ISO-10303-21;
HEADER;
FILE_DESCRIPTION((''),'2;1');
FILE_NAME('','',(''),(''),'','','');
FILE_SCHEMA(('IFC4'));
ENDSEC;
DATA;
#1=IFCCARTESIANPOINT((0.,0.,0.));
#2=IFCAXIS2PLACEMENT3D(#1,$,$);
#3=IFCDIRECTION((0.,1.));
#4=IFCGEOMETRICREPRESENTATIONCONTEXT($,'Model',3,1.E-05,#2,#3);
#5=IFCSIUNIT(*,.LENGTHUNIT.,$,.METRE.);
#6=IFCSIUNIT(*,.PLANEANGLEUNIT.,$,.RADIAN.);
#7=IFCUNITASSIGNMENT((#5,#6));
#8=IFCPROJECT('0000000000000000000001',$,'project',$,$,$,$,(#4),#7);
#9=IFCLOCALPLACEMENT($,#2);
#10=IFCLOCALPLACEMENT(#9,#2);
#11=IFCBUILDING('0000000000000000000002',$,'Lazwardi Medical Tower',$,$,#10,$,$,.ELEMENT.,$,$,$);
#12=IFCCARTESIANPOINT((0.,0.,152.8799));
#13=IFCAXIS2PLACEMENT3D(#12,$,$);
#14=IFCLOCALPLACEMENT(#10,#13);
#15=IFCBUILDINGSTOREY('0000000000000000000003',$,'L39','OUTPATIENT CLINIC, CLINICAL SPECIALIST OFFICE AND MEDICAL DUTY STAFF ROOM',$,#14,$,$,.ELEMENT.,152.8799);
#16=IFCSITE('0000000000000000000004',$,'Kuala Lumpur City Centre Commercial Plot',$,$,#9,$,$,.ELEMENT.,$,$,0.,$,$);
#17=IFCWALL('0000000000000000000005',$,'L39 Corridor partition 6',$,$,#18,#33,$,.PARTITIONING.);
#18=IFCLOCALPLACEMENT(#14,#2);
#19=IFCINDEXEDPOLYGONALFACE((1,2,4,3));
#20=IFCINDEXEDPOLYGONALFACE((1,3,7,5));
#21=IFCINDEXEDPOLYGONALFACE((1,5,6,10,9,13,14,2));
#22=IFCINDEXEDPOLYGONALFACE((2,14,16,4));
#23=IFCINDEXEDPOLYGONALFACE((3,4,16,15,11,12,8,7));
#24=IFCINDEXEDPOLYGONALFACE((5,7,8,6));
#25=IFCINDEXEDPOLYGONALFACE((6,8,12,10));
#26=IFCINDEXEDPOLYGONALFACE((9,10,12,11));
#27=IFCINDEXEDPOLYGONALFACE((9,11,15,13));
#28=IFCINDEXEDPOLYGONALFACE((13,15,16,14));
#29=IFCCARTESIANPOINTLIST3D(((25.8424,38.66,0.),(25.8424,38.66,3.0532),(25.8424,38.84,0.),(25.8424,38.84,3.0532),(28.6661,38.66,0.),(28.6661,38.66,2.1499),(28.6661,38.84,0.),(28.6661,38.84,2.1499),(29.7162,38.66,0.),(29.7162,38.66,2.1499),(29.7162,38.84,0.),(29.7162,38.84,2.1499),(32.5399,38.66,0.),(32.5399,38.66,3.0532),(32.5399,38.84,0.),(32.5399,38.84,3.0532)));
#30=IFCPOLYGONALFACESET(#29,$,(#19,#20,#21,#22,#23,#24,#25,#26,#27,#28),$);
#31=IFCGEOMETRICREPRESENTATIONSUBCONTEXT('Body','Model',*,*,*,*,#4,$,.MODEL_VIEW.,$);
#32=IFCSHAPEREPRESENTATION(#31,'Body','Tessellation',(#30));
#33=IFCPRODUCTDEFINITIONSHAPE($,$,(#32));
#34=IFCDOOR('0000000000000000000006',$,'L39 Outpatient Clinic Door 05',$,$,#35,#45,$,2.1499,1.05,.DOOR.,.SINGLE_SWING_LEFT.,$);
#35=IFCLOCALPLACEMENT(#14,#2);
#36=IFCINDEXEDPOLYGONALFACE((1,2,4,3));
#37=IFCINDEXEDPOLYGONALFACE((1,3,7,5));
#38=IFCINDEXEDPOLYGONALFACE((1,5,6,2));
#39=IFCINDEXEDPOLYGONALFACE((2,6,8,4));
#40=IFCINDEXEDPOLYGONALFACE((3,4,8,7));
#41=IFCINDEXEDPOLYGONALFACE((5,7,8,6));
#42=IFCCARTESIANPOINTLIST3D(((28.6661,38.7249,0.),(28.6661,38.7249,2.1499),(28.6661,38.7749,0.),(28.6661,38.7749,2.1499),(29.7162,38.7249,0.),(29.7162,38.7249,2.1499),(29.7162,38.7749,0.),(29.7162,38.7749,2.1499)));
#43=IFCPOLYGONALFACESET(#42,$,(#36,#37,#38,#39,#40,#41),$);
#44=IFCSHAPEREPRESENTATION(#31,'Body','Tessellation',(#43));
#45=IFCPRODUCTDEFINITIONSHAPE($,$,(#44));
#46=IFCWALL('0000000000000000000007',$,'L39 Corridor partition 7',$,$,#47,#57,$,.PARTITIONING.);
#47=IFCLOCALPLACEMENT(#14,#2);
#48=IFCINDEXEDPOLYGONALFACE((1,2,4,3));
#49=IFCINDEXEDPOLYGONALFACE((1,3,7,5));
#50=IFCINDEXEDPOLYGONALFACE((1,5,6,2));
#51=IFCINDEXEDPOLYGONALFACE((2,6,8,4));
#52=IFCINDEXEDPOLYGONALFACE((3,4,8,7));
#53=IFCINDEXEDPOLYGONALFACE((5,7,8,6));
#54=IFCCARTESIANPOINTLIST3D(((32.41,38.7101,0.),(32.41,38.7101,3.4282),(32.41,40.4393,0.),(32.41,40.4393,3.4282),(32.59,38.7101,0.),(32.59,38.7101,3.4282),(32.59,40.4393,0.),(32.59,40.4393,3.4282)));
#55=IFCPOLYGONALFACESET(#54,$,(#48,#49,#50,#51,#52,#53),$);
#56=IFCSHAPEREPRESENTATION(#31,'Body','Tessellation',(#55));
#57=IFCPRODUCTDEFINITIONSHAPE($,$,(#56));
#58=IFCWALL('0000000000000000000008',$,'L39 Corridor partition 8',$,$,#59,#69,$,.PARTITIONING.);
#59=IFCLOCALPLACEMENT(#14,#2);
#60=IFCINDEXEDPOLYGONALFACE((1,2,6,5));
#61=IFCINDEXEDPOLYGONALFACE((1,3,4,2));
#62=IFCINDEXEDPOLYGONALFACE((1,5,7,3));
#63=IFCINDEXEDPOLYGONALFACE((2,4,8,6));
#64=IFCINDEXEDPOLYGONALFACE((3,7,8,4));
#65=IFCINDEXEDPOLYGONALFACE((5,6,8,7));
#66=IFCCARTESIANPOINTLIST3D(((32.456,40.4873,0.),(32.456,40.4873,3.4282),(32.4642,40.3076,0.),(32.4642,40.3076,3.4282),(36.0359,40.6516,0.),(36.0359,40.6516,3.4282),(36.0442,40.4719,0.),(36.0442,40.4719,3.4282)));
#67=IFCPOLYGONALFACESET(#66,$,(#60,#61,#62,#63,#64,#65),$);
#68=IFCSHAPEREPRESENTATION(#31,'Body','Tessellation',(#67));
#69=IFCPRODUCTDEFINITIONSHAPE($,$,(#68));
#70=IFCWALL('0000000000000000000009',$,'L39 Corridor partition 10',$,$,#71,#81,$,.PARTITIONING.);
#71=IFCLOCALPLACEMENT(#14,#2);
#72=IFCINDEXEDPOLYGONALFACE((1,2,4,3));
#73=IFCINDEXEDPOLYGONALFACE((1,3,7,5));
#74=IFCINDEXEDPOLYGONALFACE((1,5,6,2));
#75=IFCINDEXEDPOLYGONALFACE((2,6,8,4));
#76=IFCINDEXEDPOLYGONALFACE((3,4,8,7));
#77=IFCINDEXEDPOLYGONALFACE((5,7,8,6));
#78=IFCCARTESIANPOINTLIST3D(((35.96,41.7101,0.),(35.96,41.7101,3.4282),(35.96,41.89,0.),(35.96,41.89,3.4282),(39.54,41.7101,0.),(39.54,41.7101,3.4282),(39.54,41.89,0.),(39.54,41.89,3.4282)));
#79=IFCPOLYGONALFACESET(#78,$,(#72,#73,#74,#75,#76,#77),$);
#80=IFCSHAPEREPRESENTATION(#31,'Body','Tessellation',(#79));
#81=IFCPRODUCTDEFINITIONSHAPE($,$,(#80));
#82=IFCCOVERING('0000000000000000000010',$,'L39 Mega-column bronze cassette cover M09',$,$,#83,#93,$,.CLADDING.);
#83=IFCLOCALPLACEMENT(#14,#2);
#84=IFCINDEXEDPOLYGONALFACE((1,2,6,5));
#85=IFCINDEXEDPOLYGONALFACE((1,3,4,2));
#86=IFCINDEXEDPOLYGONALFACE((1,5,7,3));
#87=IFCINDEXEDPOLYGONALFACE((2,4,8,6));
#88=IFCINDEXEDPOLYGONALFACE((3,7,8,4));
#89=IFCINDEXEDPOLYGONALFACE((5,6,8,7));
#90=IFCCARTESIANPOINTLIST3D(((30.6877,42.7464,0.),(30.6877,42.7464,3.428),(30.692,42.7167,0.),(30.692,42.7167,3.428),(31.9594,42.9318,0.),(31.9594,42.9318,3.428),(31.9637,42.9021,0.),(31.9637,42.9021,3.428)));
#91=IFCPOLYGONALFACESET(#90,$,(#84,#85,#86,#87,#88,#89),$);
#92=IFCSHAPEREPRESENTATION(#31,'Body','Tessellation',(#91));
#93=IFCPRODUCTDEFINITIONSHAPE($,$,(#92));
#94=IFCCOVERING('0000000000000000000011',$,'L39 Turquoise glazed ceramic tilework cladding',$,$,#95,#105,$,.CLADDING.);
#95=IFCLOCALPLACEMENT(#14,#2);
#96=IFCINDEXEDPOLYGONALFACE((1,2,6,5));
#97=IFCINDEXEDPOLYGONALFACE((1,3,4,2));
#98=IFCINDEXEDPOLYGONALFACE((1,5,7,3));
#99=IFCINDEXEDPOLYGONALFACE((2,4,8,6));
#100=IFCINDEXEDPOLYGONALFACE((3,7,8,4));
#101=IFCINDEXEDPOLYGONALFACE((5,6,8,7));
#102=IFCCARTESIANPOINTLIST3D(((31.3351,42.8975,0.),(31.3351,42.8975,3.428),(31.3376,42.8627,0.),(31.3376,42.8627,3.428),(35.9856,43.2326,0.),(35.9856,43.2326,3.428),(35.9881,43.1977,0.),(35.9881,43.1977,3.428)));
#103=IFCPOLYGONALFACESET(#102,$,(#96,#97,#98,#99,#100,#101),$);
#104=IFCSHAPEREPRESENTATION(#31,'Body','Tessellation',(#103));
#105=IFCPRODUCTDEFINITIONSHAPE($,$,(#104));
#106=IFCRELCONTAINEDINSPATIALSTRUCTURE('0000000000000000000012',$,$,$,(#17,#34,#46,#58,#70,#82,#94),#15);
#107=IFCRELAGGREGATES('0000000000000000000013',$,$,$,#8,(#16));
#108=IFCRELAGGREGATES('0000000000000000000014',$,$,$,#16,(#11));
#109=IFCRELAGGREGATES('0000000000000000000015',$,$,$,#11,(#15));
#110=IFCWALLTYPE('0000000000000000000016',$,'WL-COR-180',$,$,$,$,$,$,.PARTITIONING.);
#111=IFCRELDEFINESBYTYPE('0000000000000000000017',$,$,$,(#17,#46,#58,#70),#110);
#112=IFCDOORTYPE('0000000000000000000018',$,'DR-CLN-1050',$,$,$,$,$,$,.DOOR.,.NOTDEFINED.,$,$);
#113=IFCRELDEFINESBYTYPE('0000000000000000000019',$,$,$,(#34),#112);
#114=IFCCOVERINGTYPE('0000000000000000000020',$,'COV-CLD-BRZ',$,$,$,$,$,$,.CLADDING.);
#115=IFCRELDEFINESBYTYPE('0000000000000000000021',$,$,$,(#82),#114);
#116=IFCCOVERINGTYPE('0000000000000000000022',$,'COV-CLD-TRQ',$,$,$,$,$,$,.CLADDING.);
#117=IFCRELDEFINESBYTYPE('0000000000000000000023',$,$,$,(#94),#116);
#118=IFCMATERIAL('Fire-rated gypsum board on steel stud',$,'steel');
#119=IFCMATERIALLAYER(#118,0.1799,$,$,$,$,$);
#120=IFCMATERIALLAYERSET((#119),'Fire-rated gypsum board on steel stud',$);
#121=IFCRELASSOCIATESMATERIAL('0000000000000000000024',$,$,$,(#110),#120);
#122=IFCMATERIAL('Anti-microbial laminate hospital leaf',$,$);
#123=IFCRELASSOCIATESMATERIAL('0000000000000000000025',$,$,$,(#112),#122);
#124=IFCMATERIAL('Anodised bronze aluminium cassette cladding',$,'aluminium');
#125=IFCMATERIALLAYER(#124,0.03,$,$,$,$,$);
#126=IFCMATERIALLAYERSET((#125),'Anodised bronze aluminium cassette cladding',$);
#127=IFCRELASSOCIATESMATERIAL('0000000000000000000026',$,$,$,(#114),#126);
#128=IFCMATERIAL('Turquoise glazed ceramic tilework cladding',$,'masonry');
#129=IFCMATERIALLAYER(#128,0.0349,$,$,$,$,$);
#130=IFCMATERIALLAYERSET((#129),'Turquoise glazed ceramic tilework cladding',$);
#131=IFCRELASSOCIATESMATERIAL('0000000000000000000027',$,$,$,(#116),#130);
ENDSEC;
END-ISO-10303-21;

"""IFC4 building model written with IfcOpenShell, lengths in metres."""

from ifc_helpers import new_model, si_unit, direction, frame, frame_2d, origin, origin_2d, place, context, subcontext, project, spatial, rectangle, extrude, material, layer, layer_set, type_object, element, fill, save


model = new_model("IFC4")

# Units and contexts
model_context = context("Model", 3, precision=1e-05, world=origin(), true_north=direction((0.0, 1.0)))
body_context = subcontext(model_context, "Body", "Model", "MODEL_VIEW")
ifc_project = project(units=[si_unit("LENGTHUNIT", "METRE"), si_unit("PLANEANGLEUNIT", "RADIAN")], contexts=[model_context])

# Site, building, storey
site_placement = place(None, origin())
site = spatial("IfcSite", under=ifc_project, at=site_placement, Name="Kuala Lumpur City Centre Commercial Plot", CompositionType="ELEMENT", RefElevation=0.0)
building_placement = place(site_placement, origin())
building = spatial("IfcBuilding", under=site, at=building_placement, Name="Lazwardi Medical Tower", CompositionType="ELEMENT")
storey_placement = place(building_placement, frame((0.0, 0.0, 152.8799)))
storey = spatial("IfcBuildingStorey", under=building, at=storey_placement, Name="L39", Description="OUTPATIENT CLINIC, CLINICAL SPECIALIST OFFICE AND MEDICAL DUTY STAFF ROOM", CompositionType="ELEMENT", Elevation=152.8799)

# Wall, opening, door
ifc_material_1 = material(Name="Fire-rated gypsum board on steel stud", Category="steel")
ifc_layer_1 = layer(ifc_material_1, 0.1799)
ifc_layer_set_1 = layer_set([ifc_layer_1], Name="Fire-rated gypsum board on steel stud")
wall_type = type_object("IfcWallType", Name="WL-COR-180", PredefinedType="PARTITIONING", material=ifc_layer_set_1)
wall_1_placement = place(storey_placement, frame((25.8425, 38.75, 0.0), z_axis=(0.0, 0.0, 1.0), x_axis=(1.0, 0.0, 0.0)))
wall_1 = element("IfcWall", 1, at=wall_1_placement, inside=storey, type_object=wall_type, Name="L39 Corridor partition 6", PredefinedType="PARTITIONING", context=body_context, shape_type="SweptSolid", body=[
    extrude(rectangle(XDim=6.6975, YDim=0.1799, at=frame_2d((3.3486, 0.0))), origin(), (0.0, 0.0, 1.0), 3.0532),
])
opening_placement = place(wall_1_placement, frame((2.8237, 0.0, 0.0)))
opening = element("IfcOpeningElement", 2, at=opening_placement, cuts=wall_1, PredefinedType="OPENING", context=body_context, shape_type="SweptSolid", body=[
    extrude(rectangle(XDim=1.05, YDim=2.1499, at=frame_2d((0.5249, 1.075))), frame((0.0, 0.0999, 0.0), z_axis=(0.0, -1.0, 0.0), x_axis=(1.0, 0.0, 0.0)), (0.0, 0.0, 1.0), 0.2),
])
ifc_material_2 = material(Name="Anti-microbial laminate hospital leaf")
door_type = type_object("IfcDoorType", Name="DR-CLN-1050", OperationType="NOTDEFINED", PredefinedType="DOOR", material=ifc_material_2)
door_placement = place(opening_placement, origin())
door = element("IfcDoor", 3, at=door_placement, inside=storey, type_object=door_type, Name="L39 Outpatient Clinic Door 05", OperationType="SINGLE_SWING_LEFT", OverallHeight=2.1499, OverallWidth=1.05, PredefinedType="DOOR", context=body_context, shape_type="SweptSolid", body=[
    extrude(rectangle(XDim=1.05, YDim=2.1499, at=frame_2d((0.5249, 1.075))), frame((0.0, 0.0249, 0.0), z_axis=(0.0, -1.0, 0.0), x_axis=(1.0, 0.0, 0.0)), (0.0, 0.0, 1.0), 0.05),
])
fill(opening, door)

# Walls
wall_2_placement = place(storey_placement, frame((32.5, 38.71, 0.0), z_axis=(0.0, 0.0, 1.0), x_axis=(0.0, 1.0, 0.0)))
element("IfcWall", 4, at=wall_2_placement, inside=storey, type_object=wall_type, Name="L39 Corridor partition 7", PredefinedType="PARTITIONING", context=body_context, shape_type="SweptSolid", body=[
    extrude(rectangle(XDim=1.7292, YDim=0.1799, at=frame_2d((0.8647, 0.0))), origin(), (0.0, 0.0, 1.0), 3.4282),
])
wall_3_placement = place(storey_placement, frame((32.46, 40.3975, 0.0), z_axis=(0.0, 0.0, 1.0), x_axis=(0.998948, 0.045846, 0.0)))
element("IfcWall", 5, at=wall_3_placement, inside=storey, type_object=wall_type, Name="L39 Corridor partition 8", PredefinedType="PARTITIONING", context=body_context, shape_type="SweptSolid", body=[
    extrude(rectangle(XDim=3.5837, YDim=0.1799, at=frame_2d((1.792, 0.0))), origin(), (0.0, 0.0, 1.0), 3.4282),
])
wall_4_placement = place(storey_placement, frame((35.96, 41.8, 0.0), z_axis=(0.0, 0.0, 1.0), x_axis=(1.0, 0.0, 0.0)))
element("IfcWall", 6, at=wall_4_placement, inside=storey, type_object=wall_type, Name="L39 Corridor partition 10", PredefinedType="PARTITIONING", context=body_context, shape_type="SweptSolid", body=[
    extrude(rectangle(XDim=3.5801, YDim=0.1799, at=frame_2d((1.79, 0.0))), origin(), (0.0, 0.0, 1.0), 3.4282),
])

# Coverings
ifc_material_3 = material(Name="Anodised bronze aluminium cassette cladding", Category="aluminium")
ifc_layer_2 = layer(ifc_material_3, 0.03)
ifc_layer_set_2 = layer_set([ifc_layer_2], Name="Anodised bronze aluminium cassette cladding")
covering_type_1 = type_object("IfcCoveringType", Name="COV-CLD-BRZ", PredefinedType="CLADDING", material=ifc_layer_set_2)
covering_1_placement = place(storey_placement, frame((31.3257, 42.8242, 0.0), z_axis=(0.0, 0.0, 1.0), x_axis=(-0.989539, -0.144265, 0.0)))
element("IfcCovering", 7, at=covering_1_placement, inside=storey, type_object=covering_type_1, Name="L39 Mega-column bronze cassette cover M09", PredefinedType="CLADDING", context=body_context, shape_type="SweptSolid", body=[
    extrude(rectangle(XDim=1.2852, YDim=0.03, at=origin_2d()), origin(), (0.0, 0.0, 1.0), 3.428),
])
ifc_material_4 = material(Name="Turquoise glazed ceramic tilework cladding", Category="masonry")
ifc_layer_3 = layer(ifc_material_4, 0.0349)
ifc_layer_set_3 = layer_set([ifc_layer_3], Name="Turquoise glazed ceramic tilework cladding")
covering_type_2 = type_object("IfcCoveringType", Name="COV-CLD-TRQ", PredefinedType="CLADDING", material=ifc_layer_set_3)
covering_2_placement = place(storey_placement, frame((33.6616, 43.0476, 0.0), z_axis=(0.0, 0.0, 1.0), x_axis=(-0.997414, -0.071868, 0.0)))
element("IfcCovering", 8, at=covering_2_placement, inside=storey, type_object=covering_type_2, Name="L39 Turquoise glazed ceramic tilework cladding", PredefinedType="CLADDING", context=body_context, shape_type="SweptSolid", body=[
    extrude(rectangle(XDim=4.6626, YDim=0.0349, at=origin_2d()), origin(), (0.0, 0.0, 1.0), 3.428),
])

save(model, "model.ifc")
